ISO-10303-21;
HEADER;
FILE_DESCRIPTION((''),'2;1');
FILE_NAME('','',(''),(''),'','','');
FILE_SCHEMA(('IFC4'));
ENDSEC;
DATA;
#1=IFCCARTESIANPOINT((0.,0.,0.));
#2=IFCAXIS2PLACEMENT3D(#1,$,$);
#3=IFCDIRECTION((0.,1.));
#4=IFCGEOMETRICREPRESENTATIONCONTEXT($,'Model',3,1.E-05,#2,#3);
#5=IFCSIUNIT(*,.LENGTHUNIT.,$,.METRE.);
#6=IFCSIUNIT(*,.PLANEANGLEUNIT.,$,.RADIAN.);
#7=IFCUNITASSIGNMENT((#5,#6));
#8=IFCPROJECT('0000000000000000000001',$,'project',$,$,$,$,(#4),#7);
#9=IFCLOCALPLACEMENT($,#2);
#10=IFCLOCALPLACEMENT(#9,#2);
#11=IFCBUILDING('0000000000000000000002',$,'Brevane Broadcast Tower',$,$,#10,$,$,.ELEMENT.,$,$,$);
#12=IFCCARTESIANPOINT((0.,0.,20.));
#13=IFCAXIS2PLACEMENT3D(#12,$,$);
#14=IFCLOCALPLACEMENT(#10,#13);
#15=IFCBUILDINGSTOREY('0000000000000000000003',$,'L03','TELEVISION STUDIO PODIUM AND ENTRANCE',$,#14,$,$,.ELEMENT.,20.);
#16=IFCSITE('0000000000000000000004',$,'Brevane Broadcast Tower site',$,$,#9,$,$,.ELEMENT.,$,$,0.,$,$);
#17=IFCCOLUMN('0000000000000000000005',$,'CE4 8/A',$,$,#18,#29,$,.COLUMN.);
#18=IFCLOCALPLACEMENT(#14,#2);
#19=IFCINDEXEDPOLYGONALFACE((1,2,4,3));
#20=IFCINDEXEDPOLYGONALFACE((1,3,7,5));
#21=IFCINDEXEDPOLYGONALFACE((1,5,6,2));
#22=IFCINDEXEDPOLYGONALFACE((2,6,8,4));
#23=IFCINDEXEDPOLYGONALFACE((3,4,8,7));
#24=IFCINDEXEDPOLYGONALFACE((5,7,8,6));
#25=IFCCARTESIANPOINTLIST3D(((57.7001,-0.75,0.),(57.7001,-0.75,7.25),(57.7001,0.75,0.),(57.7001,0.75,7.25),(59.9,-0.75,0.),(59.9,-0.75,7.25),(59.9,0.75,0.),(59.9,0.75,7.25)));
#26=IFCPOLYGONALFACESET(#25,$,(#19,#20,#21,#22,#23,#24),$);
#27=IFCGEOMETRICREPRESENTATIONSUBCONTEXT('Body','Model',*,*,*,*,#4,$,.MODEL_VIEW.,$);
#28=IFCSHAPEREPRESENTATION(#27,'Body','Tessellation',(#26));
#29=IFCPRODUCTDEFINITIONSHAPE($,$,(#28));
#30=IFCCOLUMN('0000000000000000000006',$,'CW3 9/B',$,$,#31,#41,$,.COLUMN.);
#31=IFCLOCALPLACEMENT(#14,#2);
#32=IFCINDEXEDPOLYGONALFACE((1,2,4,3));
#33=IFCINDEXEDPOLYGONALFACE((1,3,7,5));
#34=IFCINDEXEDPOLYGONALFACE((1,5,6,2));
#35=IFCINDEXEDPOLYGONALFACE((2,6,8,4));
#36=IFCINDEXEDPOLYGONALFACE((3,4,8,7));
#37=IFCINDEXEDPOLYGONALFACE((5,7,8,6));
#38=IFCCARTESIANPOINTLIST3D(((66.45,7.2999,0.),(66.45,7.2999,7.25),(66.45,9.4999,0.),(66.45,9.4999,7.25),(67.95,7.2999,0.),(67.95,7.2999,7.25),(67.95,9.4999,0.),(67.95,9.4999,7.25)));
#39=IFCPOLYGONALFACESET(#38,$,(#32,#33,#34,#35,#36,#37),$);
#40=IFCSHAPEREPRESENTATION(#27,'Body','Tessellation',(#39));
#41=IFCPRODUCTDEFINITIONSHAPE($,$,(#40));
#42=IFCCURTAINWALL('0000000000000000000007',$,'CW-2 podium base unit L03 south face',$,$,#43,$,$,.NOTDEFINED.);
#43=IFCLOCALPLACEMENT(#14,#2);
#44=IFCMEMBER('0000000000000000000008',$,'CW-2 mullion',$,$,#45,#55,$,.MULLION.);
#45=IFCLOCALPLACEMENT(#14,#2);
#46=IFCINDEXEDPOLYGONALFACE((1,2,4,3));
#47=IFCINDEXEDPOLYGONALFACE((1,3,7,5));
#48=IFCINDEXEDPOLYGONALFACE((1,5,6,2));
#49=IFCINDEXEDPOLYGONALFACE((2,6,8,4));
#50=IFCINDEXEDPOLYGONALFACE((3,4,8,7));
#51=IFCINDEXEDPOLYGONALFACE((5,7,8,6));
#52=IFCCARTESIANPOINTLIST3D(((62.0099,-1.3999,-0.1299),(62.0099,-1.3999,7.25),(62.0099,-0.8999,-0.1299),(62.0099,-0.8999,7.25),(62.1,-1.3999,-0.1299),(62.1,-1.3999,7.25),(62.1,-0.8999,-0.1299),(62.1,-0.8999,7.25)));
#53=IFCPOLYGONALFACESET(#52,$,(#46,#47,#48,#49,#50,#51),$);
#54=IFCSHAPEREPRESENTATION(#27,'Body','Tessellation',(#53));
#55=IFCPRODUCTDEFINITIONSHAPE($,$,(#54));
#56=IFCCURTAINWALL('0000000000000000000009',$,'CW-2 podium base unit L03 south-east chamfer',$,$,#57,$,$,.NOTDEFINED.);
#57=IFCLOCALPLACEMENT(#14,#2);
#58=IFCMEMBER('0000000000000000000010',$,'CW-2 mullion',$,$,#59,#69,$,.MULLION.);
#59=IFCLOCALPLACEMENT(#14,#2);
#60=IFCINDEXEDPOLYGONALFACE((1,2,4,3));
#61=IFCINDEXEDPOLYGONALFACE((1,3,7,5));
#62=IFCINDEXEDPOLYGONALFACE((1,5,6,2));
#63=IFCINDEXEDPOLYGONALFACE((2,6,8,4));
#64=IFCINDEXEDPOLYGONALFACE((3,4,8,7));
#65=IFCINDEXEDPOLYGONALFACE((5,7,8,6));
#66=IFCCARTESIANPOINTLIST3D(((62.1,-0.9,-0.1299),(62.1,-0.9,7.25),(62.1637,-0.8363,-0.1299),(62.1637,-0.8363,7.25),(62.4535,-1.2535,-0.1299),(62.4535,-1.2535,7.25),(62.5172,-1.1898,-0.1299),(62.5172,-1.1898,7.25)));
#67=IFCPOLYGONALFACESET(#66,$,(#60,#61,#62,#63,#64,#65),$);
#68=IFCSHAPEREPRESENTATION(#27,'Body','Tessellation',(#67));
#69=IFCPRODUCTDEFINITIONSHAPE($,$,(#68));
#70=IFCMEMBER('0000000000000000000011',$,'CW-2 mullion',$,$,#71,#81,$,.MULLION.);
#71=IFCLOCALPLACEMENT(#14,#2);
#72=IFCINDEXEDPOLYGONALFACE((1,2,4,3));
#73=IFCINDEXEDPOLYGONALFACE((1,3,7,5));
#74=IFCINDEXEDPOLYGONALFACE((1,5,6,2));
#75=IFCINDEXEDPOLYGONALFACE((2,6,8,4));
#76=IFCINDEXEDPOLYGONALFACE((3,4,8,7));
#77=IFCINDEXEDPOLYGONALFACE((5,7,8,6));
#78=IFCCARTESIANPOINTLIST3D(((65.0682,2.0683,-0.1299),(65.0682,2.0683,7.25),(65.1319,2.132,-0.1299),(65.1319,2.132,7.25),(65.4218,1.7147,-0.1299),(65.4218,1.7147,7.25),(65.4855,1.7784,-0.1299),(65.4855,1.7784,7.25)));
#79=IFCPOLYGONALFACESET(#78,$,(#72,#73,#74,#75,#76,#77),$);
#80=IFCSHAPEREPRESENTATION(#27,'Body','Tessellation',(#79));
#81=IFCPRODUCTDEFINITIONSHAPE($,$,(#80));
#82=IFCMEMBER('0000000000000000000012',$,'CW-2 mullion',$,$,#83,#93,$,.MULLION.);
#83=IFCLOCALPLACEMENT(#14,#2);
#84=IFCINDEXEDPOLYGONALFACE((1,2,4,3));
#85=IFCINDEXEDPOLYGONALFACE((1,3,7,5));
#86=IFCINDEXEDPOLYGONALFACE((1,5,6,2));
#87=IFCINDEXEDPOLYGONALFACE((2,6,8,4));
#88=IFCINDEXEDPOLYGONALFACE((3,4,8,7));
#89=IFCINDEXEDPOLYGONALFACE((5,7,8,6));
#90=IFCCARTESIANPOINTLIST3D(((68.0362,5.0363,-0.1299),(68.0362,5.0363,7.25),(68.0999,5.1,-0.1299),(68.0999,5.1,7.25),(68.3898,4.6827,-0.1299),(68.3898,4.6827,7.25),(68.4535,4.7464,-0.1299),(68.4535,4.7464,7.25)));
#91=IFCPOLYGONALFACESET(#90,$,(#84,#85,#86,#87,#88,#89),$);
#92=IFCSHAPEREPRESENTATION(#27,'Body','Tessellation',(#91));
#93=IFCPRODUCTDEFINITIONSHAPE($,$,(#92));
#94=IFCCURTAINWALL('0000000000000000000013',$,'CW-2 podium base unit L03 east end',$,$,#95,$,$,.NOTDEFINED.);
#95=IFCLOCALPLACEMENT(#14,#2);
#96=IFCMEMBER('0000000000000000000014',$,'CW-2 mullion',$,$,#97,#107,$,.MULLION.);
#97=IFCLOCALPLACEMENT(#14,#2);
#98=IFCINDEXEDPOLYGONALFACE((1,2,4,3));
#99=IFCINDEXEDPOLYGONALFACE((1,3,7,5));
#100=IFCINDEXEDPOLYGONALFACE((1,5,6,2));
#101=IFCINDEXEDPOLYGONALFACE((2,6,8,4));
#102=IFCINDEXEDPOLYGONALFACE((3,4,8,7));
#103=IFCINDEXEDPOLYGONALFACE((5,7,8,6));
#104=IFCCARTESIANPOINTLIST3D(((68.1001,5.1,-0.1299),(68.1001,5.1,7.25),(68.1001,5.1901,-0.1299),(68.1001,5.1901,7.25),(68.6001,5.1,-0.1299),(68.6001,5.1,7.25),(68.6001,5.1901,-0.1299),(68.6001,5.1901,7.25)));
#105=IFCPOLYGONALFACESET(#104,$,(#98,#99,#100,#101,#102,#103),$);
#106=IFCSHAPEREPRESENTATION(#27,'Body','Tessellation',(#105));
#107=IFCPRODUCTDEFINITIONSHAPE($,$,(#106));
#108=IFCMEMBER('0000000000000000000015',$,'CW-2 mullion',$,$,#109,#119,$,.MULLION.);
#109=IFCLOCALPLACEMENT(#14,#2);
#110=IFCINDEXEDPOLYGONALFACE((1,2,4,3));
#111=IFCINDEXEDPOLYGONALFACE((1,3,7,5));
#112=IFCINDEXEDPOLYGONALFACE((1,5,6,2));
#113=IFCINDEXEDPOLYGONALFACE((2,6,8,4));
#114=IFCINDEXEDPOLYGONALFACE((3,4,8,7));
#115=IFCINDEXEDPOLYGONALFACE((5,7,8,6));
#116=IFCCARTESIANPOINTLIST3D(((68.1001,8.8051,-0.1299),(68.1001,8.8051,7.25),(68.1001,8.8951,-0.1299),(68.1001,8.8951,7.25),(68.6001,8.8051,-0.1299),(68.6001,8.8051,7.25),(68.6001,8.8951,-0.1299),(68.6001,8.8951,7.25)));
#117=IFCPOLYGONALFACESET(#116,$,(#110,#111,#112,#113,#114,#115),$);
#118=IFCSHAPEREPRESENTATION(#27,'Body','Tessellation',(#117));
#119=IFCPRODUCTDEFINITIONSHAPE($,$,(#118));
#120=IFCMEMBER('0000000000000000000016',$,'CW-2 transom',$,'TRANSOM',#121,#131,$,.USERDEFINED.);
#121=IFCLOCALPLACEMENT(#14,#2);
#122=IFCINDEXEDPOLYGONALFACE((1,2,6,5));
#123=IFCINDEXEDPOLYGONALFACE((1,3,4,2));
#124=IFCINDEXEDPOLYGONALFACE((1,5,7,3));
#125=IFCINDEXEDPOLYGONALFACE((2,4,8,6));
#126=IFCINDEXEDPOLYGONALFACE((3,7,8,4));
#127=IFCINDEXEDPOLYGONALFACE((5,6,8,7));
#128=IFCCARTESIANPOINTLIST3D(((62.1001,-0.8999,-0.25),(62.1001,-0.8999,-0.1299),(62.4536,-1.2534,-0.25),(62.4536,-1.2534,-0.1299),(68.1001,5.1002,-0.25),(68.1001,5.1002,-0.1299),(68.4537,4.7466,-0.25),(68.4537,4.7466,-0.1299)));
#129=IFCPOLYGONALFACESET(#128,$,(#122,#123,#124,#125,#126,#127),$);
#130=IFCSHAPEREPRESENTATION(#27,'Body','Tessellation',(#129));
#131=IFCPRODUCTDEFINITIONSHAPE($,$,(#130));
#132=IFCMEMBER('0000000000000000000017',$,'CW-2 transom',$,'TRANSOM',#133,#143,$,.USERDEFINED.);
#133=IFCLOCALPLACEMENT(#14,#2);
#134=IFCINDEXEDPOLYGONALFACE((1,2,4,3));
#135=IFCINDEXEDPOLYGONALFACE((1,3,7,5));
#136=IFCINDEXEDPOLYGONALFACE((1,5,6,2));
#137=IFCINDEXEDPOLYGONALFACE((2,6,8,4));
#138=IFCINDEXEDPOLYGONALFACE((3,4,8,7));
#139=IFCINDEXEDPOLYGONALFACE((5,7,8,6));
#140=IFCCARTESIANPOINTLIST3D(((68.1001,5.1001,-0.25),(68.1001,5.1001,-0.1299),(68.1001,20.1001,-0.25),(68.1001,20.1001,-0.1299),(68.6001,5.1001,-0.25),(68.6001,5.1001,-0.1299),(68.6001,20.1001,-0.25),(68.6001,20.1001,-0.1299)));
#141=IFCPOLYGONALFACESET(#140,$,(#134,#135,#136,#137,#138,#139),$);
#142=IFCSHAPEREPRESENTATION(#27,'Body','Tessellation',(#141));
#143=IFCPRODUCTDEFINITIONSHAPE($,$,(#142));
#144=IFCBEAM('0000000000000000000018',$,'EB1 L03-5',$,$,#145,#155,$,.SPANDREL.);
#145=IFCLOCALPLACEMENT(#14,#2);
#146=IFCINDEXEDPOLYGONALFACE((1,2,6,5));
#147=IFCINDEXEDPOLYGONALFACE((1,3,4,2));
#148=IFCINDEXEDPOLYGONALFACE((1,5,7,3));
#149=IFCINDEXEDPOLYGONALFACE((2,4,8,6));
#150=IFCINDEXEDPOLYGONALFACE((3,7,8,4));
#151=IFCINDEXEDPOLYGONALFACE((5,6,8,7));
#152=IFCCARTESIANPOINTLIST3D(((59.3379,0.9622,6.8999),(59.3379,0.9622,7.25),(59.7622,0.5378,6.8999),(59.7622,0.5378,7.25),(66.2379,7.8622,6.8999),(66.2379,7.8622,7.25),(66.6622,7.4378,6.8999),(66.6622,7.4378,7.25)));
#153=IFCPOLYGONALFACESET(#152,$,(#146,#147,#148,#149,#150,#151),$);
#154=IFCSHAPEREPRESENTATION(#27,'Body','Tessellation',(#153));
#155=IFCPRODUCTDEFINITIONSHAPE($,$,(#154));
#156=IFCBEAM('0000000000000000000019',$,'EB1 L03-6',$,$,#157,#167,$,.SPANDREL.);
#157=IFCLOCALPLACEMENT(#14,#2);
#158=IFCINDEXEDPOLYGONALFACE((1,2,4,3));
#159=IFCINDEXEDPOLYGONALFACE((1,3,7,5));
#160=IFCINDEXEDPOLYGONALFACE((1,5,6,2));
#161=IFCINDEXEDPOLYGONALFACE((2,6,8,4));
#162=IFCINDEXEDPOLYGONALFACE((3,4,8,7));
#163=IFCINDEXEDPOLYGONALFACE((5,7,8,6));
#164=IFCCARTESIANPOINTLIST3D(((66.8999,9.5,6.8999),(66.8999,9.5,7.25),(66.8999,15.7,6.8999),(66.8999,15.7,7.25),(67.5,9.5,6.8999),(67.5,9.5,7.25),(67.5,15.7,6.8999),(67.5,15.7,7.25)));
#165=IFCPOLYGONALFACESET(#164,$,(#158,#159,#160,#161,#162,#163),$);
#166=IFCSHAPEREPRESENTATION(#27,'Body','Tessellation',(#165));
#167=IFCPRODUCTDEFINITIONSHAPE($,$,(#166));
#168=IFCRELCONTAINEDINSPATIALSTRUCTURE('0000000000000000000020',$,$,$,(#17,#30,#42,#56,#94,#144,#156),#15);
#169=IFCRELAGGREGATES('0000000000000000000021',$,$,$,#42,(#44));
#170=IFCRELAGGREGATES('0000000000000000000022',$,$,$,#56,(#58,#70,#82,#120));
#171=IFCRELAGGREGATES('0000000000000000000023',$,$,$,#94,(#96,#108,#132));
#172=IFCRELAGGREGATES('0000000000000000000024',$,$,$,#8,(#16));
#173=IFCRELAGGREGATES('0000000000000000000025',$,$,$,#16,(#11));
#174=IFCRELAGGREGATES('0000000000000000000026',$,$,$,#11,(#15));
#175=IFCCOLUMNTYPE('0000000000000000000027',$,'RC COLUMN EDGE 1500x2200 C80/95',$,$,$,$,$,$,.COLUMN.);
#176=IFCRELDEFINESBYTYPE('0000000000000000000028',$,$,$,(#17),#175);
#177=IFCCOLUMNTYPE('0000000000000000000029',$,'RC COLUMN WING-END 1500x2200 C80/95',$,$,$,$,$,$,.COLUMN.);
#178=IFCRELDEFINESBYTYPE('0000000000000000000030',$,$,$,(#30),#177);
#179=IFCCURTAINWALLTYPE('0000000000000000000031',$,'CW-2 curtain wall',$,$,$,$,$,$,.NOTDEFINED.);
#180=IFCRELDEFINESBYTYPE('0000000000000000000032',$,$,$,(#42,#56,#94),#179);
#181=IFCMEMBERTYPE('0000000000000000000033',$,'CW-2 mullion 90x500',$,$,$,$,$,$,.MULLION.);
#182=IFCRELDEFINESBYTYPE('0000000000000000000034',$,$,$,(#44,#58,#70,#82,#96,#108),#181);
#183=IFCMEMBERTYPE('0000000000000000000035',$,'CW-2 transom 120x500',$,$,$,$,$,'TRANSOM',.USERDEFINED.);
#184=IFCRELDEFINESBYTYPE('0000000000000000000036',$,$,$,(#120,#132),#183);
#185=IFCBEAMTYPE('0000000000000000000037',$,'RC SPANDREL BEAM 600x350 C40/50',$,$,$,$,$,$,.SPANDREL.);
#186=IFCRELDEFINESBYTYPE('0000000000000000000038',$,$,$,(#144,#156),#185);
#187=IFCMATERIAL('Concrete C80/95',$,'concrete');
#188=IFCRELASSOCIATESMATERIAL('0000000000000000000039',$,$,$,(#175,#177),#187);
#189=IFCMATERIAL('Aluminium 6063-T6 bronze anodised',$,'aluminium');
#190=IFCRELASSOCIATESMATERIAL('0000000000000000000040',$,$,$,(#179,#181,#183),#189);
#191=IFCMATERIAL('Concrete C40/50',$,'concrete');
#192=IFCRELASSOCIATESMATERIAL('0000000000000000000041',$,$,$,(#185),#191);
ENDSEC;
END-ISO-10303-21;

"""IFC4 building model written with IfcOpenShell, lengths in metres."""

from ifc_helpers import new_model, si_unit, direction, frame, origin, origin_2d, place, context, subcontext, project, spatial, rectangle, extrude, material, material_profile, profile_set, type_object, element, aggregate, save


model = new_model("IFC4")

# Units and contexts
model_context = context("Model", 3, precision=1e-05, world=origin(), true_north=direction((0.0, 1.0)))
body_context = subcontext(model_context, "Body", "Model", "MODEL_VIEW")
ifc_project = project(units=[si_unit("LENGTHUNIT", "METRE"), si_unit("PLANEANGLEUNIT", "RADIAN")], contexts=[model_context])

# Site, building, storey
site_placement = place(None, origin())
site = spatial("IfcSite", under=ifc_project, at=site_placement, Name="Brevane Broadcast Tower site", CompositionType="ELEMENT", RefElevation=0.0)
building_placement = place(site_placement, origin())
building = spatial("IfcBuilding", under=site, at=building_placement, Name="Brevane Broadcast Tower", CompositionType="ELEMENT")
storey_placement = place(building_placement, frame((0.0, 0.0, 20.0)))
storey = spatial("IfcBuildingStorey", under=building, at=storey_placement, Name="L03", Description="TELEVISION STUDIO PODIUM AND ENTRANCE", CompositionType="ELEMENT", Elevation=20.0)

# Columns
ifc_material_1 = material(Name="Concrete C80/95", Category="concrete")
ifc_material_profile_1 = material_profile(ifc_material_1, rectangle(XDim=1.5, YDim=2.2, at=origin_2d()), Name="RC 1500x2200")
ifc_profile_set_1 = profile_set([ifc_material_profile_1], Name="Concrete C80/95")
column_type_1 = type_object("IfcColumnType", Name="RC COLUMN EDGE 1500x2200 C80/95", PredefinedType="COLUMN", material=ifc_profile_set_1)
column_1_placement = place(storey_placement, frame((58.8, 0.0, 0.0), z_axis=(0.0, 0.0, 1.0), x_axis=(0.0, 1.0, 0.0)))
element("IfcColumn", 1, at=column_1_placement, inside=storey, type_object=column_type_1, Name="CE4 8/A", PredefinedType="COLUMN", context=body_context, shape_type="SweptSolid", body=[
    extrude(rectangle(XDim=1.5, YDim=2.2, at=origin_2d()), origin(), (0.0, 0.0, 1.0), 7.25),
])
ifc_material_profile_2 = material_profile(ifc_material_1, rectangle(XDim=1.5, YDim=2.2, at=origin_2d()), Name="RC 1500x2200")
ifc_profile_set_2 = profile_set([ifc_material_profile_2], Name="Concrete C80/95")
column_type_2 = type_object("IfcColumnType", Name="RC COLUMN WING-END 1500x2200 C80/95", PredefinedType="COLUMN", material=ifc_profile_set_2)
column_2_placement = place(storey_placement, frame((67.2, 8.3999, 0.0), z_axis=(0.0, 0.0, 1.0), x_axis=(1.0, 0.0, 0.0)))
element("IfcColumn", 2, at=column_2_placement, inside=storey, type_object=column_type_2, Name="CW3 9/B", PredefinedType="COLUMN", context=body_context, shape_type="SweptSolid", body=[
    extrude(rectangle(XDim=1.5, YDim=2.2, at=origin_2d()), origin(), (0.0, 0.0, 1.0), 7.25),
])

# Curtain wall, member
ifc_material_2 = material(Name="Aluminium 6063-T6 bronze anodised", Category="aluminium")
curtain_wall_type = type_object("IfcCurtainWallType", Name="CW-2 curtain wall", PredefinedType="NOTDEFINED", material=ifc_material_2)
curtain_wall_1_placement = place(storey_placement, origin())
curtain_wall_1 = element("IfcCurtainWall", 3, at=curtain_wall_1_placement, inside=storey, type_object=curtain_wall_type, Name="CW-2 podium base unit L03 south face", PredefinedType="NOTDEFINED")
ifc_material_profile_3 = material_profile(ifc_material_2, rectangle(XDim=0.5, YDim=0.0901, at=origin_2d()), Name="RECT 90x500")
ifc_profile_set_3 = profile_set([ifc_material_profile_3], Name="Aluminium 6063-T6 bronze anodised")
member_type_1 = type_object("IfcMemberType", Name="CW-2 mullion 90x500", PredefinedType="MULLION", material=ifc_profile_set_3)
member_1_placement = place(storey_placement, frame((62.0549, -1.1499, -0.1299), z_axis=(0.0, 0.0, 1.0), x_axis=(0.0, 1.0, 0.0)))
member_1 = element("IfcMember", 4, at=member_1_placement, type_object=member_type_1, Name="CW-2 mullion", PredefinedType="MULLION", context=body_context, shape_type="SweptSolid", body=[
    extrude(rectangle(XDim=0.5, YDim=0.0901, at=origin_2d()), origin(), (0.0, 0.0, 1.0), 7.3799),
])
aggregate(curtain_wall_1, [member_1])

# Curtain walls, members
curtain_wall_2_placement = place(storey_placement, origin())
curtain_wall_2 = element("IfcCurtainWall", 5, at=curtain_wall_2_placement, inside=storey, type_object=curtain_wall_type, Name="CW-2 podium base unit L03 south-east chamfer", PredefinedType="NOTDEFINED")
member_2_placement = place(storey_placement, frame((62.3086, -1.0449, -0.1299), z_axis=(0.0, 0.0, 1.0), x_axis=(-0.707107, 0.707107, 0.0)))
member_2 = element("IfcMember", 6, at=member_2_placement, type_object=member_type_1, Name="CW-2 mullion", PredefinedType="MULLION", context=body_context, shape_type="SweptSolid", body=[
    extrude(rectangle(XDim=0.5, YDim=0.0901, at=origin_2d()), origin(), (0.0, 0.0, 1.0), 7.3799),
])
member_3_placement = place(storey_placement, frame((65.2769, 1.9233, -0.1299), z_axis=(0.0, 0.0, 1.0), x_axis=(-0.707107, 0.707107, 0.0)))
member_3 = element("IfcMember", 7, at=member_3_placement, type_object=member_type_1, Name="CW-2 mullion", PredefinedType="MULLION", context=body_context, shape_type="SweptSolid", body=[
    extrude(rectangle(XDim=0.5, YDim=0.0901, at=origin_2d()), origin(), (0.0, 0.0, 1.0), 7.3799),
])
member_4_placement = place(storey_placement, frame((68.2449, 4.8914, -0.1299), z_axis=(0.0, 0.0, 1.0), x_axis=(-0.707107, 0.707107, 0.0)))
member_4 = element("IfcMember", 8, at=member_4_placement, type_object=member_type_1, Name="CW-2 mullion", PredefinedType="MULLION", context=body_context, shape_type="SweptSolid", body=[
    extrude(rectangle(XDim=0.5, YDim=0.0901, at=origin_2d()), origin(), (0.0, 0.0, 1.0), 7.3799),
])
curtain_wall_3_placement = place(storey_placement, origin())
curtain_wall_3 = element("IfcCurtainWall", 9, at=curtain_wall_3_placement, inside=storey, type_object=curtain_wall_type, Name="CW-2 podium base unit L03 east end", PredefinedType="NOTDEFINED")
member_5_placement = place(storey_placement, frame((68.3501, 5.145, -0.1299), z_axis=(0.0, 0.0, 1.0), x_axis=(-1.0, 0.0, 0.0)))
member_5 = element("IfcMember", 10, at=member_5_placement, type_object=member_type_1, Name="CW-2 mullion", PredefinedType="MULLION", context=body_context, shape_type="SweptSolid", body=[
    extrude(rectangle(XDim=0.5, YDim=0.0901, at=origin_2d()), origin(), (0.0, 0.0, 1.0), 7.3799),
])
member_6_placement = place(storey_placement, frame((68.3501, 8.8501, -0.1299), z_axis=(0.0, 0.0, 1.0), x_axis=(-1.0, 0.0, 0.0)))
member_6 = element("IfcMember", 11, at=member_6_placement, type_object=member_type_1, Name="CW-2 mullion", PredefinedType="MULLION", context=body_context, shape_type="SweptSolid", body=[
    extrude(rectangle(XDim=0.5, YDim=0.0901, at=origin_2d()), origin(), (0.0, 0.0, 1.0), 7.3799),
])

# Members
ifc_material_profile_4 = material_profile(ifc_material_2, rectangle(XDim=0.5, YDim=0.1201, at=origin_2d()), Name="RECT 120x500")
ifc_profile_set_4 = profile_set([ifc_material_profile_4], Name="Aluminium 6063-T6 bronze anodised")
member_type_2 = type_object("IfcMemberType", Name="CW-2 transom 120x500", ElementType="TRANSOM", PredefinedType="USERDEFINED", material=ifc_profile_set_4)
member_7_placement = place(storey_placement, frame((62.2769, -1.0767, -0.1899), z_axis=(0.707107, 0.707107, 0.0), x_axis=(-0.707107, 0.707107, 0.0)))
member_7 = element("IfcMember", 12, at=member_7_placement, type_object=member_type_2, Name="CW-2 transom", ObjectType="TRANSOM", PredefinedType="USERDEFINED", context=body_context, shape_type="SweptSolid", body=[
    extrude(rectangle(XDim=0.5, YDim=0.1201, at=origin_2d()), origin(), (0.0, 0.0, 1.0), 8.4854),
])
aggregate(curtain_wall_2, [member_2, member_3, member_4, member_7])
member_8_placement = place(storey_placement, frame((68.3501, 5.1001, -0.1899), z_axis=(0.0, 1.0, 0.0), x_axis=(-1.0, 0.0, 0.0)))
member_8 = element("IfcMember", 13, at=member_8_placement, type_object=member_type_2, Name="CW-2 transom", ObjectType="TRANSOM", PredefinedType="USERDEFINED", context=body_context, shape_type="SweptSolid", body=[
    extrude(rectangle(XDim=0.5, YDim=0.1201, at=origin_2d()), origin(), (0.0, 0.0, 1.0), 15.0),
])
aggregate(curtain_wall_3, [member_5, member_6, member_8])

# Beams
ifc_material_3 = material(Name="Concrete C40/50", Category="concrete")
ifc_material_profile_5 = material_profile(ifc_material_3, rectangle(XDim=0.6001, YDim=0.3501, at=origin_2d()), Name="RC 600x350")
ifc_profile_set_5 = profile_set([ifc_material_profile_5], Name="Concrete C40/50")
beam_type_1 = type_object("IfcBeamType", Name="RC SPANDREL BEAM 600x350 C40/50", PredefinedType="SPANDREL", material=ifc_profile_set_5)
beam_1_placement = place(storey_placement, frame((59.55, 0.75, 7.075), z_axis=(0.707107, 0.707107, 0.0), x_axis=(-0.707107, 0.707107, 0.0)))
element("IfcBeam", 14, at=beam_1_placement, inside=storey, type_object=beam_type_1, Name="EB1 L03-5", PredefinedType="SPANDREL", context=body_context, shape_type="SweptSolid", body=[
    extrude(rectangle(XDim=0.6001, YDim=0.3501, at=origin_2d()), origin(), (0.0, 0.0, 1.0), 9.7581),
])
beam_2_placement = place(storey_placement, frame((67.2, 9.5, 7.075), z_axis=(0.0, 1.0, 0.0), x_axis=(-1.0, 0.0, 0.0)))
element("IfcBeam", 15, at=beam_2_placement, inside=storey, type_object=beam_type_1, Name="EB1 L03-6", PredefinedType="SPANDREL", context=body_context, shape_type="SweptSolid", body=[
    extrude(rectangle(XDim=0.6001, YDim=0.3501, at=origin_2d()), origin(), (0.0, 0.0, 1.0), 6.2),
])

save(model, "model.ifc")
